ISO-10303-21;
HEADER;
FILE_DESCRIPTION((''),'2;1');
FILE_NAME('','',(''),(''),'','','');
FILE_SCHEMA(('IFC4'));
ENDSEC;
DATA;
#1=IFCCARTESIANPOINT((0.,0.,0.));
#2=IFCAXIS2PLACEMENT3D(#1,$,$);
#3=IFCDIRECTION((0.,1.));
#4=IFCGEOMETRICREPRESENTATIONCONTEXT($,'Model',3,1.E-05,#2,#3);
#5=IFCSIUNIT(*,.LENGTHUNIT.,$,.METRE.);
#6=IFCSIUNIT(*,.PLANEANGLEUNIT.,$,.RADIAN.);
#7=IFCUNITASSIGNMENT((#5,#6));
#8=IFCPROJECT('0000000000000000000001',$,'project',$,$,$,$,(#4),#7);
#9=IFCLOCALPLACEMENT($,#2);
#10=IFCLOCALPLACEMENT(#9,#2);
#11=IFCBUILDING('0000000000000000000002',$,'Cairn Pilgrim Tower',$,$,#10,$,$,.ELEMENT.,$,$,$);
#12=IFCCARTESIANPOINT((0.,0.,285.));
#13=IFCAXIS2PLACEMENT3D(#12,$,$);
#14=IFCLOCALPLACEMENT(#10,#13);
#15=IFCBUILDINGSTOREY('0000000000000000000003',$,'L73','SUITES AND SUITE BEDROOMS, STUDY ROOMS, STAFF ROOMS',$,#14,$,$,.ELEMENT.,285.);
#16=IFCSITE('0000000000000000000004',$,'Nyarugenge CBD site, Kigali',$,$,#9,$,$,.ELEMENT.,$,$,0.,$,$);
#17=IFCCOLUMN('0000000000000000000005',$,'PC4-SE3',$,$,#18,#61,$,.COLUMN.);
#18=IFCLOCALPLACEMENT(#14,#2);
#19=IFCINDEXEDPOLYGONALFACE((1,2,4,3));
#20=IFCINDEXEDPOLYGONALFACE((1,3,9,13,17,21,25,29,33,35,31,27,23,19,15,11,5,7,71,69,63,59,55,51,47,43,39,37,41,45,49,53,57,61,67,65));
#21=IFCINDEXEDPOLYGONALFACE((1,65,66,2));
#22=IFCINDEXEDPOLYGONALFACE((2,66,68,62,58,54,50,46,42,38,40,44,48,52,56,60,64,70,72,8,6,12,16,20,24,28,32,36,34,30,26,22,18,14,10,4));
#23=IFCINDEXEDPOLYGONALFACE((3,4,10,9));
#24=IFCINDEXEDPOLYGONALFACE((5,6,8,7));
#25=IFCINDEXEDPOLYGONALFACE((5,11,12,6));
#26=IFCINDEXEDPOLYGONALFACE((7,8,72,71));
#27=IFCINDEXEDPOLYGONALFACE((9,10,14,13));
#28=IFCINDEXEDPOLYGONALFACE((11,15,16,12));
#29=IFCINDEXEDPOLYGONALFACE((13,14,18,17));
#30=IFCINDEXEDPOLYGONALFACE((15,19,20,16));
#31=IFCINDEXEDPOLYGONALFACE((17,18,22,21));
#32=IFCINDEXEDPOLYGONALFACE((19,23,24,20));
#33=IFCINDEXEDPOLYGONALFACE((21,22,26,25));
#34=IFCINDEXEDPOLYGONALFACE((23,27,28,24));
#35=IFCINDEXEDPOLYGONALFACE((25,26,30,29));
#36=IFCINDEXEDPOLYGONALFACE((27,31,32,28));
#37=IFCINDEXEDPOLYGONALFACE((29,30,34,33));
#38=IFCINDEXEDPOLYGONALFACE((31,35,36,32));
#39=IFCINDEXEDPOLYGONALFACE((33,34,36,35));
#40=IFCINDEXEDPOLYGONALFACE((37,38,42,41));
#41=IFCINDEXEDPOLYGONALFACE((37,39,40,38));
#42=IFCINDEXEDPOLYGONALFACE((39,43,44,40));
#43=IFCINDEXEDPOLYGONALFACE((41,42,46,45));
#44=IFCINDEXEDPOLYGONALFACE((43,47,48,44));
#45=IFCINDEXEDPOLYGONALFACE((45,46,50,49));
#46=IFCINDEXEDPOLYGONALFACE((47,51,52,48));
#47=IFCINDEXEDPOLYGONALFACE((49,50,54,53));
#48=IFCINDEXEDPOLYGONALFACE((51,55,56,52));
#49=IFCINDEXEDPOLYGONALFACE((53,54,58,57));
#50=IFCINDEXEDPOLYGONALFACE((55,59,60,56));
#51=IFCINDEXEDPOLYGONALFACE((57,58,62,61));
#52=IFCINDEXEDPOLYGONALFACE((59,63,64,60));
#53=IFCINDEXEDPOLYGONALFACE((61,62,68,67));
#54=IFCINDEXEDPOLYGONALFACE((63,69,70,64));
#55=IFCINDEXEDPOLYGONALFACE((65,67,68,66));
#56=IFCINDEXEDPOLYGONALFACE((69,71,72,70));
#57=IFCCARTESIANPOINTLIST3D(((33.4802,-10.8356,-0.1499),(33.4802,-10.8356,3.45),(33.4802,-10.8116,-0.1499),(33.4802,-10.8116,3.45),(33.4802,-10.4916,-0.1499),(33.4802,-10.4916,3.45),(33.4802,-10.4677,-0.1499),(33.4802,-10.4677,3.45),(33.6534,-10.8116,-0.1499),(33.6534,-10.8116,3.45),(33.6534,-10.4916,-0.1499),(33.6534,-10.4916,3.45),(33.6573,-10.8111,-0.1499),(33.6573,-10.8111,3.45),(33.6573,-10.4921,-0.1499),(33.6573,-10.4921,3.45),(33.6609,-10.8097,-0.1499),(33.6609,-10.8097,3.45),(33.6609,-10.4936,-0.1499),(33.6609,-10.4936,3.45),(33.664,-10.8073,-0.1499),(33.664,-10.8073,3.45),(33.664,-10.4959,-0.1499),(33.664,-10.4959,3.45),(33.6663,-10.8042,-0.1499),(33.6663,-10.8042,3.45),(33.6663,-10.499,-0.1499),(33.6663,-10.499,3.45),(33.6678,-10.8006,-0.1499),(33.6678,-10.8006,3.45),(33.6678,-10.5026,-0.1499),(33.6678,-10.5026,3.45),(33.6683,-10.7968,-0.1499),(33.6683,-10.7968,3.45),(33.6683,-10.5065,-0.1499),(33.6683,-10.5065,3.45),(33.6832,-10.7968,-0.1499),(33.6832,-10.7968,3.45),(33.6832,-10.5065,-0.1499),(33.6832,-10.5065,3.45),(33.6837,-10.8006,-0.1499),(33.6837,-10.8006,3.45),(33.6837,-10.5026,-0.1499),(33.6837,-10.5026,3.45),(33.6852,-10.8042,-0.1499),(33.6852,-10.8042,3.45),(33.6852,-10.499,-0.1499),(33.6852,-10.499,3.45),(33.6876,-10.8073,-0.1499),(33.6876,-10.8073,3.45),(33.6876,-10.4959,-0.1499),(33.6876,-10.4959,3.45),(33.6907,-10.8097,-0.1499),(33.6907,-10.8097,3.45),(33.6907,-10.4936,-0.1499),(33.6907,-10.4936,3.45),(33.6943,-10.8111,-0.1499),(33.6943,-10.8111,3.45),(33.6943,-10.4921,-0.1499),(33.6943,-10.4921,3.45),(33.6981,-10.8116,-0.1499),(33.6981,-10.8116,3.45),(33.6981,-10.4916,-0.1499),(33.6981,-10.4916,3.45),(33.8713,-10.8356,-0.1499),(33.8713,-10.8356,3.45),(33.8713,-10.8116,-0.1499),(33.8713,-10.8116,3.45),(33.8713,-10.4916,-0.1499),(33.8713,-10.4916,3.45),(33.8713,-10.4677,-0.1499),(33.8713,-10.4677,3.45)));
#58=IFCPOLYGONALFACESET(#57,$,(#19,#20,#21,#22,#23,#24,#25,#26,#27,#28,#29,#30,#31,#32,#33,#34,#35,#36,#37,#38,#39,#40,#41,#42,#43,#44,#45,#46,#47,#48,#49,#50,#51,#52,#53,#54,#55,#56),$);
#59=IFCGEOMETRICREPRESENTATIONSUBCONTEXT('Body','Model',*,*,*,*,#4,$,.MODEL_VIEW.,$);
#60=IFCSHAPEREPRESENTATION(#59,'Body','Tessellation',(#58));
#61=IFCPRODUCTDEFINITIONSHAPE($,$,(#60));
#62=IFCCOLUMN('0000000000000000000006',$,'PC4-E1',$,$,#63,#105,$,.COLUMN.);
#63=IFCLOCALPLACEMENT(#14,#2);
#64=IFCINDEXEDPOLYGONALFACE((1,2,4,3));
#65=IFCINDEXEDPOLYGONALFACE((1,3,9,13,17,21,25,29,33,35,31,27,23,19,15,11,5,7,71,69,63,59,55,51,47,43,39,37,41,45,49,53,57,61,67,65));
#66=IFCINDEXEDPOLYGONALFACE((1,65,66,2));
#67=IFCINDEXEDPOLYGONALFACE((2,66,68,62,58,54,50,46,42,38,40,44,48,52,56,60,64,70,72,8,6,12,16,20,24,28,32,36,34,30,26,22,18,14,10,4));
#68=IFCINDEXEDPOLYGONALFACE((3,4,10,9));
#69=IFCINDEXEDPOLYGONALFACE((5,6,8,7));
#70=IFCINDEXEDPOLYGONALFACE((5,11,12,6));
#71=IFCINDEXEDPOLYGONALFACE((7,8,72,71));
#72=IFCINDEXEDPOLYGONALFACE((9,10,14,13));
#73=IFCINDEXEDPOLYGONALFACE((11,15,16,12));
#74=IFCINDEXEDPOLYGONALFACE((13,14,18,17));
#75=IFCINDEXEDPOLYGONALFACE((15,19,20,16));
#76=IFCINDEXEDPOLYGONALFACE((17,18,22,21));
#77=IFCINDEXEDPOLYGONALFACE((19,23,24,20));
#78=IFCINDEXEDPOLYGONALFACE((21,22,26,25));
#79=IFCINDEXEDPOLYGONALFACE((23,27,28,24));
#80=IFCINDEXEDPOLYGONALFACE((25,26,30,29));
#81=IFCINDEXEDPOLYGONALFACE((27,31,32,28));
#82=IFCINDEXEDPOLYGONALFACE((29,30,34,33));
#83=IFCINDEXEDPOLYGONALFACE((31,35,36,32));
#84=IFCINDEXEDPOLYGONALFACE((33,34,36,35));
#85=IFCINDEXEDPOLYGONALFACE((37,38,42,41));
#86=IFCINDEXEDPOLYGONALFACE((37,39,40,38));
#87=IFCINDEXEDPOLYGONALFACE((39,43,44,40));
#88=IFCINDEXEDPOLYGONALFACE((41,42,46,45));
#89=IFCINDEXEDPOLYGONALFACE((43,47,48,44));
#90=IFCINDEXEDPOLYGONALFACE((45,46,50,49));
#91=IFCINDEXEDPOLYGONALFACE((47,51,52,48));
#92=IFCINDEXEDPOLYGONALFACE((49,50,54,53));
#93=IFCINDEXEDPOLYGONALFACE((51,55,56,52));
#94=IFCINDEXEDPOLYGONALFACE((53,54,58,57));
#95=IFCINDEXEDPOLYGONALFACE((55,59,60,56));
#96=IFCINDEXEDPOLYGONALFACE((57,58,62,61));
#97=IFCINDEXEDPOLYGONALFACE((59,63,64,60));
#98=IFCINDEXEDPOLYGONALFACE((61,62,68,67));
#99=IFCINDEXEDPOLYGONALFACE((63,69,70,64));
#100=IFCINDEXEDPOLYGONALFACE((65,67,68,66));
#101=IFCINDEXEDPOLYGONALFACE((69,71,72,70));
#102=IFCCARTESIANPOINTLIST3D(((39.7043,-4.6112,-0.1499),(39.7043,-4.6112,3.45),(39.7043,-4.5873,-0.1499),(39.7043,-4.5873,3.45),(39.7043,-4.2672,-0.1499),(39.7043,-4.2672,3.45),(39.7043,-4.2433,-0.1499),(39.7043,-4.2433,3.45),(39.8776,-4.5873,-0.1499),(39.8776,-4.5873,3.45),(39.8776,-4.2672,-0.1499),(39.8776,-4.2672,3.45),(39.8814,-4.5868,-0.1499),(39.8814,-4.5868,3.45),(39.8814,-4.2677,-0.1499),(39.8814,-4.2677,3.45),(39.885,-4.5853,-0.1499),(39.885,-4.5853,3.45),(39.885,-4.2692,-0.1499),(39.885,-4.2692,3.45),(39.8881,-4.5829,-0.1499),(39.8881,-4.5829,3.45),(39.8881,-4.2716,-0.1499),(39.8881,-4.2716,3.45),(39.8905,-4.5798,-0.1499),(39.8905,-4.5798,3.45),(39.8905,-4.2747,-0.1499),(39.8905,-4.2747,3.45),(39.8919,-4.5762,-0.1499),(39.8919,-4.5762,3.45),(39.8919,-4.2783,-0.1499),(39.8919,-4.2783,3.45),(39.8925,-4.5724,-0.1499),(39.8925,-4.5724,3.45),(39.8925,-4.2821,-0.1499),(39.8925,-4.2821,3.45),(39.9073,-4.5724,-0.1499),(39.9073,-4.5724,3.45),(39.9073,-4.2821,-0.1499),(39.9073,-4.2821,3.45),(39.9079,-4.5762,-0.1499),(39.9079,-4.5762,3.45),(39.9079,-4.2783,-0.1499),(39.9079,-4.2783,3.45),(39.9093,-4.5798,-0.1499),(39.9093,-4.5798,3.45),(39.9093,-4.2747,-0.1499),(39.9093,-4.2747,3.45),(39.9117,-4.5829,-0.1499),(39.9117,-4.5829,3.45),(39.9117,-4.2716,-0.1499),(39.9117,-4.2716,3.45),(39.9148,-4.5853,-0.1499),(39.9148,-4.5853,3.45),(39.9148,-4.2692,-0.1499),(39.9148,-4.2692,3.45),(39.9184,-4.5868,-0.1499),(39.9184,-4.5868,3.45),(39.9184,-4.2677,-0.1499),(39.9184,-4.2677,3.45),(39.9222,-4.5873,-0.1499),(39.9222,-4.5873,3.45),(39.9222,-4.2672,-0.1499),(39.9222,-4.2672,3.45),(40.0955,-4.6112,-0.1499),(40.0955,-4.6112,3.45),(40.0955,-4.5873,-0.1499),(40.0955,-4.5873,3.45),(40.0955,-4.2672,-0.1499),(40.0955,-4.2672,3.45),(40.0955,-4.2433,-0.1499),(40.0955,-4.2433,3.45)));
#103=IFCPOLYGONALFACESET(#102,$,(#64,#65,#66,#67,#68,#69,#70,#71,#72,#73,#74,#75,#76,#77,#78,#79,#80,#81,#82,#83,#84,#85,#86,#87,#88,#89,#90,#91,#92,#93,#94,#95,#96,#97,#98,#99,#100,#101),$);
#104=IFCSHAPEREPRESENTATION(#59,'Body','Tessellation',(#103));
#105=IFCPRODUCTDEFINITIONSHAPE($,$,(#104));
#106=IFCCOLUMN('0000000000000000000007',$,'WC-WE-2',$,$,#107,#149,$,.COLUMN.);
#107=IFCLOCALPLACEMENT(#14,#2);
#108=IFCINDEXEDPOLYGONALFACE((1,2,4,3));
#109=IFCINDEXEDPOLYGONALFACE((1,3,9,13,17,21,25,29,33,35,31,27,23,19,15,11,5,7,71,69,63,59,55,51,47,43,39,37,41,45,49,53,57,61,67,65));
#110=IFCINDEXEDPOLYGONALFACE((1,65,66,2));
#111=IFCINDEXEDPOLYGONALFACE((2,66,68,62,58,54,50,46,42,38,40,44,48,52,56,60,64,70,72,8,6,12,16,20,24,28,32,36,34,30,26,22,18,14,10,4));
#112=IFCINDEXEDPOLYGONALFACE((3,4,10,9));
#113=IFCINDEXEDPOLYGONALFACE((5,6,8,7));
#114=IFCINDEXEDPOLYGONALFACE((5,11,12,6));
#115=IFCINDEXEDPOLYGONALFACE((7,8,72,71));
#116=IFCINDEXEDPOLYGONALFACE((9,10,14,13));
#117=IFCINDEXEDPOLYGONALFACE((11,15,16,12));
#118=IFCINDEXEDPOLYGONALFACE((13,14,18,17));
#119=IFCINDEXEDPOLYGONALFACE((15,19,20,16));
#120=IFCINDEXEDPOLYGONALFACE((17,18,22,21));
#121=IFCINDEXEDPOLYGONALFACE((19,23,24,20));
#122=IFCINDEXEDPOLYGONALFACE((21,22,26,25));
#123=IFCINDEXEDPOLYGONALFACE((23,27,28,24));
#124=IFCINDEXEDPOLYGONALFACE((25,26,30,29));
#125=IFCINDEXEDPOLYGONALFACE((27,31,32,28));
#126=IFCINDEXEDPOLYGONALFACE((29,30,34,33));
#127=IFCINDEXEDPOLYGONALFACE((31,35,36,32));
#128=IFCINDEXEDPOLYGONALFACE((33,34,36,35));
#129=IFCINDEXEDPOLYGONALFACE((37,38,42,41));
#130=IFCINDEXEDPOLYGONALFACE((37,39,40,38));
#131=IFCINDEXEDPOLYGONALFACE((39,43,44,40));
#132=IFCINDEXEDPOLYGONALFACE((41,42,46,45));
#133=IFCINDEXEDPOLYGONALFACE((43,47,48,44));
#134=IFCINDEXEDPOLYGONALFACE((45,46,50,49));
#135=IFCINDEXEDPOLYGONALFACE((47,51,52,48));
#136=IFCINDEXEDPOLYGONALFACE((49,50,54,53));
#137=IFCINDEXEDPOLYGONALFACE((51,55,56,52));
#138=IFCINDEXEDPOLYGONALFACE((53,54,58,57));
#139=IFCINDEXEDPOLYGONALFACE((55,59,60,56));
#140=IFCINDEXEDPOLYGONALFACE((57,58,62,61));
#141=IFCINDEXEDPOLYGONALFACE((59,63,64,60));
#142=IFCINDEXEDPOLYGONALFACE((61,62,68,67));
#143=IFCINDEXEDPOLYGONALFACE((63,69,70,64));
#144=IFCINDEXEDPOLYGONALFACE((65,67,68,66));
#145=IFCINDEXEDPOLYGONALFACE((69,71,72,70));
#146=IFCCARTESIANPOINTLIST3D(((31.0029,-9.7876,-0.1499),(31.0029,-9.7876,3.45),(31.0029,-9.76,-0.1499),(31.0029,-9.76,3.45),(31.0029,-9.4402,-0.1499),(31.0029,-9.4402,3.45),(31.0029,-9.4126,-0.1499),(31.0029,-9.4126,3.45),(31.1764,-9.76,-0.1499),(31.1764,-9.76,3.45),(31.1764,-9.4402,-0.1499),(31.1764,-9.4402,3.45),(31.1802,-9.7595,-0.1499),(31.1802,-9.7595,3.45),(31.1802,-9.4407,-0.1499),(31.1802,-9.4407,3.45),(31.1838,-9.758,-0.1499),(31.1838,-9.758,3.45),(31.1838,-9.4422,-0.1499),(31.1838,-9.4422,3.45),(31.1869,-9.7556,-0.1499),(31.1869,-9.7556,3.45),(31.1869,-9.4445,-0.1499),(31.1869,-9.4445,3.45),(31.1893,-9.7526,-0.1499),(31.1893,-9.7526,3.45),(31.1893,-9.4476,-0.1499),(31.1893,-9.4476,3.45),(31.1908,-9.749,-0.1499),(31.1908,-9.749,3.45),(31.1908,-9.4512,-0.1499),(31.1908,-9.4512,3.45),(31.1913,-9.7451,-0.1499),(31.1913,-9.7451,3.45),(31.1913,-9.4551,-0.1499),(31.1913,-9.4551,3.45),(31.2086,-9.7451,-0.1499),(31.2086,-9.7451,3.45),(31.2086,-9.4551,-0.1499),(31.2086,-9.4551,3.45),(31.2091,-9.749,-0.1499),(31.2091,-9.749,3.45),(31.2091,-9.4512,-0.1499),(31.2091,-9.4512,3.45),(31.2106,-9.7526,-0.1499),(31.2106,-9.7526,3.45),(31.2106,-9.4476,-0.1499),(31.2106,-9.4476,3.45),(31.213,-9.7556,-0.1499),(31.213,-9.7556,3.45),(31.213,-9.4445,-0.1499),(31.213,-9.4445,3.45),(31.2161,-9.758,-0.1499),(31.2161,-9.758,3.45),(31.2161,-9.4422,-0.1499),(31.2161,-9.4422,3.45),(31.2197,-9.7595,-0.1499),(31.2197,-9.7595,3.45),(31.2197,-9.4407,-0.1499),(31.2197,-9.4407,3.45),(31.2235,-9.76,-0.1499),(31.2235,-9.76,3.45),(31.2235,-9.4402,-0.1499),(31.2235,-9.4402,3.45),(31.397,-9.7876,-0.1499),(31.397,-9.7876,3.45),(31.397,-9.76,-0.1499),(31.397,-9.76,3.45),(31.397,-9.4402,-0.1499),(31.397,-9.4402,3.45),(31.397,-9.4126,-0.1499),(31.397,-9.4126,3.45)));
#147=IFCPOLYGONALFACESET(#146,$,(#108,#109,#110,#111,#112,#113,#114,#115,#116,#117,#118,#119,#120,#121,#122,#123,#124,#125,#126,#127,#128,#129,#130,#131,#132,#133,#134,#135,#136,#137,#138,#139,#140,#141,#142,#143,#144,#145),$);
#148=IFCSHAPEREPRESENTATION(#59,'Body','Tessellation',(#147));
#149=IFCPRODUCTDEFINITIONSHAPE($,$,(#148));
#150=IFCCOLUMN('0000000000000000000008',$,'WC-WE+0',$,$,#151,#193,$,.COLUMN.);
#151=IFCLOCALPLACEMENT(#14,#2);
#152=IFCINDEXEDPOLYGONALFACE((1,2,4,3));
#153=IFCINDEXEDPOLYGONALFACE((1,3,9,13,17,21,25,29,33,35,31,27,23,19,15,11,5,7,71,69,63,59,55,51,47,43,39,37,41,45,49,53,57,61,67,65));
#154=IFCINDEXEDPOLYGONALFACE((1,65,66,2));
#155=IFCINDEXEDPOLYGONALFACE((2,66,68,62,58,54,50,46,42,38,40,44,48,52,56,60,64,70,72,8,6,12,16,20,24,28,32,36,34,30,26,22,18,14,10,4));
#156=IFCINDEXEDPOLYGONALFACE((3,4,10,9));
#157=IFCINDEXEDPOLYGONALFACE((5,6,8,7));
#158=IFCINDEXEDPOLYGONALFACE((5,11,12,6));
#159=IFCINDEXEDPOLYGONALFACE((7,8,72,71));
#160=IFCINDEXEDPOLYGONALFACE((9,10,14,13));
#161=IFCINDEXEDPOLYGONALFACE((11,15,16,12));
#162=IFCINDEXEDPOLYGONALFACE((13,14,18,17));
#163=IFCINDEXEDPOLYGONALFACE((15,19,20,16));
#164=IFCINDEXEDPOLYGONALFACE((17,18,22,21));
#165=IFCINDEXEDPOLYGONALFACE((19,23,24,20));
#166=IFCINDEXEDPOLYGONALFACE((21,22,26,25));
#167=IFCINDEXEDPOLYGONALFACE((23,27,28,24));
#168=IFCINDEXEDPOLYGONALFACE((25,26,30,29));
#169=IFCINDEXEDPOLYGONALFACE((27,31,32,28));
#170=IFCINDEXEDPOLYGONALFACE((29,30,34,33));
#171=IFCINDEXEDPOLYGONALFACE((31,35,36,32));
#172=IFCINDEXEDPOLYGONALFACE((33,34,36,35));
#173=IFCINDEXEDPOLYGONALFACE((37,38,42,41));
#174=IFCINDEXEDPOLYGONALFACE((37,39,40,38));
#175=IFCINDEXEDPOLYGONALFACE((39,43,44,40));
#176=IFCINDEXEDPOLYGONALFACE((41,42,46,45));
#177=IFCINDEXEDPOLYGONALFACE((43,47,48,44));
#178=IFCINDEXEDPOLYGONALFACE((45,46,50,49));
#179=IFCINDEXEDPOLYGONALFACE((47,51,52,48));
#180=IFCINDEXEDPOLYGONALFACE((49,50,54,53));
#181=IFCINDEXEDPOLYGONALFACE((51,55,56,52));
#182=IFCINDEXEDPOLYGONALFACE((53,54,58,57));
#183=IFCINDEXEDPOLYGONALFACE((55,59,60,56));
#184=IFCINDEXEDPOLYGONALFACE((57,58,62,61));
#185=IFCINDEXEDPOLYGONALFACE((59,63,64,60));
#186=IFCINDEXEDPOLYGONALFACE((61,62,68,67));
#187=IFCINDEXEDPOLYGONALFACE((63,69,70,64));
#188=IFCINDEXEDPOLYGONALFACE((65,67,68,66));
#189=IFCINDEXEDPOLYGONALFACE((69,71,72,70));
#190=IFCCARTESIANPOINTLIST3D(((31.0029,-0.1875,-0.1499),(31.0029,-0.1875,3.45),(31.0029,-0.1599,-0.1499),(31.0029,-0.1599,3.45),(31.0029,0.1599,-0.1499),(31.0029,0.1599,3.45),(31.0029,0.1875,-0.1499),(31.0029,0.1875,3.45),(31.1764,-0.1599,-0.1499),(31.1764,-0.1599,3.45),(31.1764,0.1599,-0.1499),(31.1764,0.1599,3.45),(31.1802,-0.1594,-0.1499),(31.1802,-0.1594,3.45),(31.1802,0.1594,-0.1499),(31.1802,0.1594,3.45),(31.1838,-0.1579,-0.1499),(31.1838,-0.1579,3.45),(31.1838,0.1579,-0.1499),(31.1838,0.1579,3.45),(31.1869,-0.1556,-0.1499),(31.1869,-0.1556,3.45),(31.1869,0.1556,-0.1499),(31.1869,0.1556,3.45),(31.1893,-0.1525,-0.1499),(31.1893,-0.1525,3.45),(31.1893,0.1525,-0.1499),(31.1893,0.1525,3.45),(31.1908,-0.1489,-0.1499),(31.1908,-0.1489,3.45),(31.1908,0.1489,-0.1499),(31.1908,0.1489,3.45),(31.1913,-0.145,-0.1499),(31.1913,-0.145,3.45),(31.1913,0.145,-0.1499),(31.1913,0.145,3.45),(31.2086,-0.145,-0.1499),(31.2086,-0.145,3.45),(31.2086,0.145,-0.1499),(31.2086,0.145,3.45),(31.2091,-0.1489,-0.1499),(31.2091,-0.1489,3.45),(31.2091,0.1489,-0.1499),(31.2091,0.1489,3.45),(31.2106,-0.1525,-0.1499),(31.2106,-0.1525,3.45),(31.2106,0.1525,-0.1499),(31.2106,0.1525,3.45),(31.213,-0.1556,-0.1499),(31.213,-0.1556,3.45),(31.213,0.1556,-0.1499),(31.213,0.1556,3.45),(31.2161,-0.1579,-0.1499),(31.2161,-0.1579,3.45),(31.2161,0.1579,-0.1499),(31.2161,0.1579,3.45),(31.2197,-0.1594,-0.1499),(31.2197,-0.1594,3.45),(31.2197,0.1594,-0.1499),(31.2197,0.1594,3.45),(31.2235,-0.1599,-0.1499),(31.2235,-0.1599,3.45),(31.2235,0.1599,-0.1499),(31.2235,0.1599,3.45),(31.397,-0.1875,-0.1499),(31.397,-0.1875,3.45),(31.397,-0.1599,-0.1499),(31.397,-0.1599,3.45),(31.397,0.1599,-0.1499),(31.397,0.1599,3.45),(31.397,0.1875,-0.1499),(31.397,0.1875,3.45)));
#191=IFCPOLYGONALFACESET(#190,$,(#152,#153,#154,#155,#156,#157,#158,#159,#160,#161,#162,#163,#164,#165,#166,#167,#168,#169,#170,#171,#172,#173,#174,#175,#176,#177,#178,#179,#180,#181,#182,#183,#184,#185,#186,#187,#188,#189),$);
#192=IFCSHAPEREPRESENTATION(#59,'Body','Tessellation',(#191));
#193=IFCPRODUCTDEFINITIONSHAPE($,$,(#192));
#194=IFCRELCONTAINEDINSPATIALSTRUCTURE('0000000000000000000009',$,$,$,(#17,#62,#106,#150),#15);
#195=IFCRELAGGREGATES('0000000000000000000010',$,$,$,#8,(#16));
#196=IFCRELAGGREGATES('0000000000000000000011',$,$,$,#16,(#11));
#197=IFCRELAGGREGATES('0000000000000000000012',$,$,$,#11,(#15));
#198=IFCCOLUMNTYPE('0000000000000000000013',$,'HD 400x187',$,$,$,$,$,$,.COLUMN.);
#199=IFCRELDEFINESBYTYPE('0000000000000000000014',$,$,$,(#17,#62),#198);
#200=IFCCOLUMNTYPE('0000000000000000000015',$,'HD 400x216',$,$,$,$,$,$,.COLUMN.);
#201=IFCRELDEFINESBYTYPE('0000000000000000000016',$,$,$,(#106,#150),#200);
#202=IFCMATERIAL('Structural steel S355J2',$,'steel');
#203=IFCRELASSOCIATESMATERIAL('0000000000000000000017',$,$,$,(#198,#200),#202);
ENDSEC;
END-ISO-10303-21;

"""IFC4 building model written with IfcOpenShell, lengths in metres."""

from ifc_helpers import new_model, si_unit, direction, frame, origin, origin_2d, place, context, subcontext, project, spatial, i_section, extrude, material, material_profile, profile_set, type_object, element, save


model = new_model("IFC4")

# Units and contexts
model_context = context("Model", 3, precision=1e-05, world=origin(), true_north=direction((0.0, 1.0)))
body_context = subcontext(model_context, "Body", "Model", "MODEL_VIEW")
ifc_project = project(units=[si_unit("LENGTHUNIT", "METRE"), si_unit("PLANEANGLEUNIT", "RADIAN")], contexts=[model_context])

# Site, building, storey
site_placement = place(None, origin())
site = spatial("IfcSite", under=ifc_project, at=site_placement, Name="Nyarugenge CBD site, Kigali", CompositionType="ELEMENT", RefElevation=0.0)
building_placement = place(site_placement, origin())
building = spatial("IfcBuilding", under=site, at=building_placement, Name="Cairn Pilgrim Tower", CompositionType="ELEMENT")
storey_placement = place(building_placement, frame((0.0, 0.0, 285.0)))
storey = spatial("IfcBuildingStorey", under=building, at=storey_placement, Name="L73", Description="SUITES AND SUITE BEDROOMS, STUDY ROOMS, STAFF ROOMS", CompositionType="ELEMENT", Elevation=285.0)

# Columns
ifc_material_1 = material(Name="Structural steel S355J2", Category="steel")
ifc_material_profile_1 = material_profile(ifc_material_1, i_section(OverallWidth=0.3911, OverallDepth=0.3679, WebThickness=0.0149, FlangeThickness=0.0239, FilletRadius=0.0149, at=origin_2d()), Name="HD 400x187")
ifc_profile_set_1 = profile_set([ifc_material_profile_1], Name="Structural steel S355J2")
column_type_1 = type_object("IfcColumnType", Name="HD 400x187", PredefinedType="COLUMN", material=ifc_profile_set_1)
for number, where, z_axis, x_axis, name in (
    (1, (33.6758, -10.6516, -0.1499), (0.0, 0.0, 1.0), (1.0, 0.0, 0.0), "PC4-SE3"),
    (2, (39.8999, -4.4272, -0.1499), (0.0, 0.0, 1.0), (1.0, 0.0, 0.0), "PC4-E1"),
):
    element("IfcColumn", number, at=place(storey_placement, frame(where, z_axis=z_axis, x_axis=x_axis)), inside=storey, type_object=column_type_1, Name=name, PredefinedType="COLUMN", context=body_context, shape_type="SweptSolid", body=[
        extrude(i_section(OverallWidth=0.3911, OverallDepth=0.3679, WebThickness=0.0149, FlangeThickness=0.0239, FilletRadius=0.0149, at=origin_2d()), origin(), (0.0, 0.0, 1.0), 3.5999),
    ])
ifc_material_profile_2 = material_profile(ifc_material_1, i_section(OverallWidth=0.394, OverallDepth=0.375, WebThickness=0.0173, FlangeThickness=0.0276, FilletRadius=0.0149, at=origin_2d()), Name="HD 400x216")
ifc_profile_set_2 = profile_set([ifc_material_profile_2], Name="Structural steel S355J2")
column_type_2 = type_object("IfcColumnType", Name="HD 400x216", PredefinedType="COLUMN", material=ifc_profile_set_2)
for number, where, z_axis, x_axis, name in (
    (3, (31.2, -9.6001, -0.1499), (0.0, 0.0, 1.0), (1.0, 0.0, 0.0), "WC-WE-2"),
    (4, (31.2, 0.0, -0.1499), (0.0, 0.0, 1.0), (1.0, 0.0, 0.0), "WC-WE+0"),
):
    element("IfcColumn", number, at=place(storey_placement, frame(where, z_axis=z_axis, x_axis=x_axis)), inside=storey, type_object=column_type_2, Name=name, PredefinedType="COLUMN", context=body_context, shape_type="SweptSolid", body=[
        extrude(i_section(OverallWidth=0.394, OverallDepth=0.375, WebThickness=0.0173, FlangeThickness=0.0276, FilletRadius=0.0149, at=origin_2d()), origin(), (0.0, 0.0, 1.0), 3.5999),
    ])

save(model, "model.ifc")
